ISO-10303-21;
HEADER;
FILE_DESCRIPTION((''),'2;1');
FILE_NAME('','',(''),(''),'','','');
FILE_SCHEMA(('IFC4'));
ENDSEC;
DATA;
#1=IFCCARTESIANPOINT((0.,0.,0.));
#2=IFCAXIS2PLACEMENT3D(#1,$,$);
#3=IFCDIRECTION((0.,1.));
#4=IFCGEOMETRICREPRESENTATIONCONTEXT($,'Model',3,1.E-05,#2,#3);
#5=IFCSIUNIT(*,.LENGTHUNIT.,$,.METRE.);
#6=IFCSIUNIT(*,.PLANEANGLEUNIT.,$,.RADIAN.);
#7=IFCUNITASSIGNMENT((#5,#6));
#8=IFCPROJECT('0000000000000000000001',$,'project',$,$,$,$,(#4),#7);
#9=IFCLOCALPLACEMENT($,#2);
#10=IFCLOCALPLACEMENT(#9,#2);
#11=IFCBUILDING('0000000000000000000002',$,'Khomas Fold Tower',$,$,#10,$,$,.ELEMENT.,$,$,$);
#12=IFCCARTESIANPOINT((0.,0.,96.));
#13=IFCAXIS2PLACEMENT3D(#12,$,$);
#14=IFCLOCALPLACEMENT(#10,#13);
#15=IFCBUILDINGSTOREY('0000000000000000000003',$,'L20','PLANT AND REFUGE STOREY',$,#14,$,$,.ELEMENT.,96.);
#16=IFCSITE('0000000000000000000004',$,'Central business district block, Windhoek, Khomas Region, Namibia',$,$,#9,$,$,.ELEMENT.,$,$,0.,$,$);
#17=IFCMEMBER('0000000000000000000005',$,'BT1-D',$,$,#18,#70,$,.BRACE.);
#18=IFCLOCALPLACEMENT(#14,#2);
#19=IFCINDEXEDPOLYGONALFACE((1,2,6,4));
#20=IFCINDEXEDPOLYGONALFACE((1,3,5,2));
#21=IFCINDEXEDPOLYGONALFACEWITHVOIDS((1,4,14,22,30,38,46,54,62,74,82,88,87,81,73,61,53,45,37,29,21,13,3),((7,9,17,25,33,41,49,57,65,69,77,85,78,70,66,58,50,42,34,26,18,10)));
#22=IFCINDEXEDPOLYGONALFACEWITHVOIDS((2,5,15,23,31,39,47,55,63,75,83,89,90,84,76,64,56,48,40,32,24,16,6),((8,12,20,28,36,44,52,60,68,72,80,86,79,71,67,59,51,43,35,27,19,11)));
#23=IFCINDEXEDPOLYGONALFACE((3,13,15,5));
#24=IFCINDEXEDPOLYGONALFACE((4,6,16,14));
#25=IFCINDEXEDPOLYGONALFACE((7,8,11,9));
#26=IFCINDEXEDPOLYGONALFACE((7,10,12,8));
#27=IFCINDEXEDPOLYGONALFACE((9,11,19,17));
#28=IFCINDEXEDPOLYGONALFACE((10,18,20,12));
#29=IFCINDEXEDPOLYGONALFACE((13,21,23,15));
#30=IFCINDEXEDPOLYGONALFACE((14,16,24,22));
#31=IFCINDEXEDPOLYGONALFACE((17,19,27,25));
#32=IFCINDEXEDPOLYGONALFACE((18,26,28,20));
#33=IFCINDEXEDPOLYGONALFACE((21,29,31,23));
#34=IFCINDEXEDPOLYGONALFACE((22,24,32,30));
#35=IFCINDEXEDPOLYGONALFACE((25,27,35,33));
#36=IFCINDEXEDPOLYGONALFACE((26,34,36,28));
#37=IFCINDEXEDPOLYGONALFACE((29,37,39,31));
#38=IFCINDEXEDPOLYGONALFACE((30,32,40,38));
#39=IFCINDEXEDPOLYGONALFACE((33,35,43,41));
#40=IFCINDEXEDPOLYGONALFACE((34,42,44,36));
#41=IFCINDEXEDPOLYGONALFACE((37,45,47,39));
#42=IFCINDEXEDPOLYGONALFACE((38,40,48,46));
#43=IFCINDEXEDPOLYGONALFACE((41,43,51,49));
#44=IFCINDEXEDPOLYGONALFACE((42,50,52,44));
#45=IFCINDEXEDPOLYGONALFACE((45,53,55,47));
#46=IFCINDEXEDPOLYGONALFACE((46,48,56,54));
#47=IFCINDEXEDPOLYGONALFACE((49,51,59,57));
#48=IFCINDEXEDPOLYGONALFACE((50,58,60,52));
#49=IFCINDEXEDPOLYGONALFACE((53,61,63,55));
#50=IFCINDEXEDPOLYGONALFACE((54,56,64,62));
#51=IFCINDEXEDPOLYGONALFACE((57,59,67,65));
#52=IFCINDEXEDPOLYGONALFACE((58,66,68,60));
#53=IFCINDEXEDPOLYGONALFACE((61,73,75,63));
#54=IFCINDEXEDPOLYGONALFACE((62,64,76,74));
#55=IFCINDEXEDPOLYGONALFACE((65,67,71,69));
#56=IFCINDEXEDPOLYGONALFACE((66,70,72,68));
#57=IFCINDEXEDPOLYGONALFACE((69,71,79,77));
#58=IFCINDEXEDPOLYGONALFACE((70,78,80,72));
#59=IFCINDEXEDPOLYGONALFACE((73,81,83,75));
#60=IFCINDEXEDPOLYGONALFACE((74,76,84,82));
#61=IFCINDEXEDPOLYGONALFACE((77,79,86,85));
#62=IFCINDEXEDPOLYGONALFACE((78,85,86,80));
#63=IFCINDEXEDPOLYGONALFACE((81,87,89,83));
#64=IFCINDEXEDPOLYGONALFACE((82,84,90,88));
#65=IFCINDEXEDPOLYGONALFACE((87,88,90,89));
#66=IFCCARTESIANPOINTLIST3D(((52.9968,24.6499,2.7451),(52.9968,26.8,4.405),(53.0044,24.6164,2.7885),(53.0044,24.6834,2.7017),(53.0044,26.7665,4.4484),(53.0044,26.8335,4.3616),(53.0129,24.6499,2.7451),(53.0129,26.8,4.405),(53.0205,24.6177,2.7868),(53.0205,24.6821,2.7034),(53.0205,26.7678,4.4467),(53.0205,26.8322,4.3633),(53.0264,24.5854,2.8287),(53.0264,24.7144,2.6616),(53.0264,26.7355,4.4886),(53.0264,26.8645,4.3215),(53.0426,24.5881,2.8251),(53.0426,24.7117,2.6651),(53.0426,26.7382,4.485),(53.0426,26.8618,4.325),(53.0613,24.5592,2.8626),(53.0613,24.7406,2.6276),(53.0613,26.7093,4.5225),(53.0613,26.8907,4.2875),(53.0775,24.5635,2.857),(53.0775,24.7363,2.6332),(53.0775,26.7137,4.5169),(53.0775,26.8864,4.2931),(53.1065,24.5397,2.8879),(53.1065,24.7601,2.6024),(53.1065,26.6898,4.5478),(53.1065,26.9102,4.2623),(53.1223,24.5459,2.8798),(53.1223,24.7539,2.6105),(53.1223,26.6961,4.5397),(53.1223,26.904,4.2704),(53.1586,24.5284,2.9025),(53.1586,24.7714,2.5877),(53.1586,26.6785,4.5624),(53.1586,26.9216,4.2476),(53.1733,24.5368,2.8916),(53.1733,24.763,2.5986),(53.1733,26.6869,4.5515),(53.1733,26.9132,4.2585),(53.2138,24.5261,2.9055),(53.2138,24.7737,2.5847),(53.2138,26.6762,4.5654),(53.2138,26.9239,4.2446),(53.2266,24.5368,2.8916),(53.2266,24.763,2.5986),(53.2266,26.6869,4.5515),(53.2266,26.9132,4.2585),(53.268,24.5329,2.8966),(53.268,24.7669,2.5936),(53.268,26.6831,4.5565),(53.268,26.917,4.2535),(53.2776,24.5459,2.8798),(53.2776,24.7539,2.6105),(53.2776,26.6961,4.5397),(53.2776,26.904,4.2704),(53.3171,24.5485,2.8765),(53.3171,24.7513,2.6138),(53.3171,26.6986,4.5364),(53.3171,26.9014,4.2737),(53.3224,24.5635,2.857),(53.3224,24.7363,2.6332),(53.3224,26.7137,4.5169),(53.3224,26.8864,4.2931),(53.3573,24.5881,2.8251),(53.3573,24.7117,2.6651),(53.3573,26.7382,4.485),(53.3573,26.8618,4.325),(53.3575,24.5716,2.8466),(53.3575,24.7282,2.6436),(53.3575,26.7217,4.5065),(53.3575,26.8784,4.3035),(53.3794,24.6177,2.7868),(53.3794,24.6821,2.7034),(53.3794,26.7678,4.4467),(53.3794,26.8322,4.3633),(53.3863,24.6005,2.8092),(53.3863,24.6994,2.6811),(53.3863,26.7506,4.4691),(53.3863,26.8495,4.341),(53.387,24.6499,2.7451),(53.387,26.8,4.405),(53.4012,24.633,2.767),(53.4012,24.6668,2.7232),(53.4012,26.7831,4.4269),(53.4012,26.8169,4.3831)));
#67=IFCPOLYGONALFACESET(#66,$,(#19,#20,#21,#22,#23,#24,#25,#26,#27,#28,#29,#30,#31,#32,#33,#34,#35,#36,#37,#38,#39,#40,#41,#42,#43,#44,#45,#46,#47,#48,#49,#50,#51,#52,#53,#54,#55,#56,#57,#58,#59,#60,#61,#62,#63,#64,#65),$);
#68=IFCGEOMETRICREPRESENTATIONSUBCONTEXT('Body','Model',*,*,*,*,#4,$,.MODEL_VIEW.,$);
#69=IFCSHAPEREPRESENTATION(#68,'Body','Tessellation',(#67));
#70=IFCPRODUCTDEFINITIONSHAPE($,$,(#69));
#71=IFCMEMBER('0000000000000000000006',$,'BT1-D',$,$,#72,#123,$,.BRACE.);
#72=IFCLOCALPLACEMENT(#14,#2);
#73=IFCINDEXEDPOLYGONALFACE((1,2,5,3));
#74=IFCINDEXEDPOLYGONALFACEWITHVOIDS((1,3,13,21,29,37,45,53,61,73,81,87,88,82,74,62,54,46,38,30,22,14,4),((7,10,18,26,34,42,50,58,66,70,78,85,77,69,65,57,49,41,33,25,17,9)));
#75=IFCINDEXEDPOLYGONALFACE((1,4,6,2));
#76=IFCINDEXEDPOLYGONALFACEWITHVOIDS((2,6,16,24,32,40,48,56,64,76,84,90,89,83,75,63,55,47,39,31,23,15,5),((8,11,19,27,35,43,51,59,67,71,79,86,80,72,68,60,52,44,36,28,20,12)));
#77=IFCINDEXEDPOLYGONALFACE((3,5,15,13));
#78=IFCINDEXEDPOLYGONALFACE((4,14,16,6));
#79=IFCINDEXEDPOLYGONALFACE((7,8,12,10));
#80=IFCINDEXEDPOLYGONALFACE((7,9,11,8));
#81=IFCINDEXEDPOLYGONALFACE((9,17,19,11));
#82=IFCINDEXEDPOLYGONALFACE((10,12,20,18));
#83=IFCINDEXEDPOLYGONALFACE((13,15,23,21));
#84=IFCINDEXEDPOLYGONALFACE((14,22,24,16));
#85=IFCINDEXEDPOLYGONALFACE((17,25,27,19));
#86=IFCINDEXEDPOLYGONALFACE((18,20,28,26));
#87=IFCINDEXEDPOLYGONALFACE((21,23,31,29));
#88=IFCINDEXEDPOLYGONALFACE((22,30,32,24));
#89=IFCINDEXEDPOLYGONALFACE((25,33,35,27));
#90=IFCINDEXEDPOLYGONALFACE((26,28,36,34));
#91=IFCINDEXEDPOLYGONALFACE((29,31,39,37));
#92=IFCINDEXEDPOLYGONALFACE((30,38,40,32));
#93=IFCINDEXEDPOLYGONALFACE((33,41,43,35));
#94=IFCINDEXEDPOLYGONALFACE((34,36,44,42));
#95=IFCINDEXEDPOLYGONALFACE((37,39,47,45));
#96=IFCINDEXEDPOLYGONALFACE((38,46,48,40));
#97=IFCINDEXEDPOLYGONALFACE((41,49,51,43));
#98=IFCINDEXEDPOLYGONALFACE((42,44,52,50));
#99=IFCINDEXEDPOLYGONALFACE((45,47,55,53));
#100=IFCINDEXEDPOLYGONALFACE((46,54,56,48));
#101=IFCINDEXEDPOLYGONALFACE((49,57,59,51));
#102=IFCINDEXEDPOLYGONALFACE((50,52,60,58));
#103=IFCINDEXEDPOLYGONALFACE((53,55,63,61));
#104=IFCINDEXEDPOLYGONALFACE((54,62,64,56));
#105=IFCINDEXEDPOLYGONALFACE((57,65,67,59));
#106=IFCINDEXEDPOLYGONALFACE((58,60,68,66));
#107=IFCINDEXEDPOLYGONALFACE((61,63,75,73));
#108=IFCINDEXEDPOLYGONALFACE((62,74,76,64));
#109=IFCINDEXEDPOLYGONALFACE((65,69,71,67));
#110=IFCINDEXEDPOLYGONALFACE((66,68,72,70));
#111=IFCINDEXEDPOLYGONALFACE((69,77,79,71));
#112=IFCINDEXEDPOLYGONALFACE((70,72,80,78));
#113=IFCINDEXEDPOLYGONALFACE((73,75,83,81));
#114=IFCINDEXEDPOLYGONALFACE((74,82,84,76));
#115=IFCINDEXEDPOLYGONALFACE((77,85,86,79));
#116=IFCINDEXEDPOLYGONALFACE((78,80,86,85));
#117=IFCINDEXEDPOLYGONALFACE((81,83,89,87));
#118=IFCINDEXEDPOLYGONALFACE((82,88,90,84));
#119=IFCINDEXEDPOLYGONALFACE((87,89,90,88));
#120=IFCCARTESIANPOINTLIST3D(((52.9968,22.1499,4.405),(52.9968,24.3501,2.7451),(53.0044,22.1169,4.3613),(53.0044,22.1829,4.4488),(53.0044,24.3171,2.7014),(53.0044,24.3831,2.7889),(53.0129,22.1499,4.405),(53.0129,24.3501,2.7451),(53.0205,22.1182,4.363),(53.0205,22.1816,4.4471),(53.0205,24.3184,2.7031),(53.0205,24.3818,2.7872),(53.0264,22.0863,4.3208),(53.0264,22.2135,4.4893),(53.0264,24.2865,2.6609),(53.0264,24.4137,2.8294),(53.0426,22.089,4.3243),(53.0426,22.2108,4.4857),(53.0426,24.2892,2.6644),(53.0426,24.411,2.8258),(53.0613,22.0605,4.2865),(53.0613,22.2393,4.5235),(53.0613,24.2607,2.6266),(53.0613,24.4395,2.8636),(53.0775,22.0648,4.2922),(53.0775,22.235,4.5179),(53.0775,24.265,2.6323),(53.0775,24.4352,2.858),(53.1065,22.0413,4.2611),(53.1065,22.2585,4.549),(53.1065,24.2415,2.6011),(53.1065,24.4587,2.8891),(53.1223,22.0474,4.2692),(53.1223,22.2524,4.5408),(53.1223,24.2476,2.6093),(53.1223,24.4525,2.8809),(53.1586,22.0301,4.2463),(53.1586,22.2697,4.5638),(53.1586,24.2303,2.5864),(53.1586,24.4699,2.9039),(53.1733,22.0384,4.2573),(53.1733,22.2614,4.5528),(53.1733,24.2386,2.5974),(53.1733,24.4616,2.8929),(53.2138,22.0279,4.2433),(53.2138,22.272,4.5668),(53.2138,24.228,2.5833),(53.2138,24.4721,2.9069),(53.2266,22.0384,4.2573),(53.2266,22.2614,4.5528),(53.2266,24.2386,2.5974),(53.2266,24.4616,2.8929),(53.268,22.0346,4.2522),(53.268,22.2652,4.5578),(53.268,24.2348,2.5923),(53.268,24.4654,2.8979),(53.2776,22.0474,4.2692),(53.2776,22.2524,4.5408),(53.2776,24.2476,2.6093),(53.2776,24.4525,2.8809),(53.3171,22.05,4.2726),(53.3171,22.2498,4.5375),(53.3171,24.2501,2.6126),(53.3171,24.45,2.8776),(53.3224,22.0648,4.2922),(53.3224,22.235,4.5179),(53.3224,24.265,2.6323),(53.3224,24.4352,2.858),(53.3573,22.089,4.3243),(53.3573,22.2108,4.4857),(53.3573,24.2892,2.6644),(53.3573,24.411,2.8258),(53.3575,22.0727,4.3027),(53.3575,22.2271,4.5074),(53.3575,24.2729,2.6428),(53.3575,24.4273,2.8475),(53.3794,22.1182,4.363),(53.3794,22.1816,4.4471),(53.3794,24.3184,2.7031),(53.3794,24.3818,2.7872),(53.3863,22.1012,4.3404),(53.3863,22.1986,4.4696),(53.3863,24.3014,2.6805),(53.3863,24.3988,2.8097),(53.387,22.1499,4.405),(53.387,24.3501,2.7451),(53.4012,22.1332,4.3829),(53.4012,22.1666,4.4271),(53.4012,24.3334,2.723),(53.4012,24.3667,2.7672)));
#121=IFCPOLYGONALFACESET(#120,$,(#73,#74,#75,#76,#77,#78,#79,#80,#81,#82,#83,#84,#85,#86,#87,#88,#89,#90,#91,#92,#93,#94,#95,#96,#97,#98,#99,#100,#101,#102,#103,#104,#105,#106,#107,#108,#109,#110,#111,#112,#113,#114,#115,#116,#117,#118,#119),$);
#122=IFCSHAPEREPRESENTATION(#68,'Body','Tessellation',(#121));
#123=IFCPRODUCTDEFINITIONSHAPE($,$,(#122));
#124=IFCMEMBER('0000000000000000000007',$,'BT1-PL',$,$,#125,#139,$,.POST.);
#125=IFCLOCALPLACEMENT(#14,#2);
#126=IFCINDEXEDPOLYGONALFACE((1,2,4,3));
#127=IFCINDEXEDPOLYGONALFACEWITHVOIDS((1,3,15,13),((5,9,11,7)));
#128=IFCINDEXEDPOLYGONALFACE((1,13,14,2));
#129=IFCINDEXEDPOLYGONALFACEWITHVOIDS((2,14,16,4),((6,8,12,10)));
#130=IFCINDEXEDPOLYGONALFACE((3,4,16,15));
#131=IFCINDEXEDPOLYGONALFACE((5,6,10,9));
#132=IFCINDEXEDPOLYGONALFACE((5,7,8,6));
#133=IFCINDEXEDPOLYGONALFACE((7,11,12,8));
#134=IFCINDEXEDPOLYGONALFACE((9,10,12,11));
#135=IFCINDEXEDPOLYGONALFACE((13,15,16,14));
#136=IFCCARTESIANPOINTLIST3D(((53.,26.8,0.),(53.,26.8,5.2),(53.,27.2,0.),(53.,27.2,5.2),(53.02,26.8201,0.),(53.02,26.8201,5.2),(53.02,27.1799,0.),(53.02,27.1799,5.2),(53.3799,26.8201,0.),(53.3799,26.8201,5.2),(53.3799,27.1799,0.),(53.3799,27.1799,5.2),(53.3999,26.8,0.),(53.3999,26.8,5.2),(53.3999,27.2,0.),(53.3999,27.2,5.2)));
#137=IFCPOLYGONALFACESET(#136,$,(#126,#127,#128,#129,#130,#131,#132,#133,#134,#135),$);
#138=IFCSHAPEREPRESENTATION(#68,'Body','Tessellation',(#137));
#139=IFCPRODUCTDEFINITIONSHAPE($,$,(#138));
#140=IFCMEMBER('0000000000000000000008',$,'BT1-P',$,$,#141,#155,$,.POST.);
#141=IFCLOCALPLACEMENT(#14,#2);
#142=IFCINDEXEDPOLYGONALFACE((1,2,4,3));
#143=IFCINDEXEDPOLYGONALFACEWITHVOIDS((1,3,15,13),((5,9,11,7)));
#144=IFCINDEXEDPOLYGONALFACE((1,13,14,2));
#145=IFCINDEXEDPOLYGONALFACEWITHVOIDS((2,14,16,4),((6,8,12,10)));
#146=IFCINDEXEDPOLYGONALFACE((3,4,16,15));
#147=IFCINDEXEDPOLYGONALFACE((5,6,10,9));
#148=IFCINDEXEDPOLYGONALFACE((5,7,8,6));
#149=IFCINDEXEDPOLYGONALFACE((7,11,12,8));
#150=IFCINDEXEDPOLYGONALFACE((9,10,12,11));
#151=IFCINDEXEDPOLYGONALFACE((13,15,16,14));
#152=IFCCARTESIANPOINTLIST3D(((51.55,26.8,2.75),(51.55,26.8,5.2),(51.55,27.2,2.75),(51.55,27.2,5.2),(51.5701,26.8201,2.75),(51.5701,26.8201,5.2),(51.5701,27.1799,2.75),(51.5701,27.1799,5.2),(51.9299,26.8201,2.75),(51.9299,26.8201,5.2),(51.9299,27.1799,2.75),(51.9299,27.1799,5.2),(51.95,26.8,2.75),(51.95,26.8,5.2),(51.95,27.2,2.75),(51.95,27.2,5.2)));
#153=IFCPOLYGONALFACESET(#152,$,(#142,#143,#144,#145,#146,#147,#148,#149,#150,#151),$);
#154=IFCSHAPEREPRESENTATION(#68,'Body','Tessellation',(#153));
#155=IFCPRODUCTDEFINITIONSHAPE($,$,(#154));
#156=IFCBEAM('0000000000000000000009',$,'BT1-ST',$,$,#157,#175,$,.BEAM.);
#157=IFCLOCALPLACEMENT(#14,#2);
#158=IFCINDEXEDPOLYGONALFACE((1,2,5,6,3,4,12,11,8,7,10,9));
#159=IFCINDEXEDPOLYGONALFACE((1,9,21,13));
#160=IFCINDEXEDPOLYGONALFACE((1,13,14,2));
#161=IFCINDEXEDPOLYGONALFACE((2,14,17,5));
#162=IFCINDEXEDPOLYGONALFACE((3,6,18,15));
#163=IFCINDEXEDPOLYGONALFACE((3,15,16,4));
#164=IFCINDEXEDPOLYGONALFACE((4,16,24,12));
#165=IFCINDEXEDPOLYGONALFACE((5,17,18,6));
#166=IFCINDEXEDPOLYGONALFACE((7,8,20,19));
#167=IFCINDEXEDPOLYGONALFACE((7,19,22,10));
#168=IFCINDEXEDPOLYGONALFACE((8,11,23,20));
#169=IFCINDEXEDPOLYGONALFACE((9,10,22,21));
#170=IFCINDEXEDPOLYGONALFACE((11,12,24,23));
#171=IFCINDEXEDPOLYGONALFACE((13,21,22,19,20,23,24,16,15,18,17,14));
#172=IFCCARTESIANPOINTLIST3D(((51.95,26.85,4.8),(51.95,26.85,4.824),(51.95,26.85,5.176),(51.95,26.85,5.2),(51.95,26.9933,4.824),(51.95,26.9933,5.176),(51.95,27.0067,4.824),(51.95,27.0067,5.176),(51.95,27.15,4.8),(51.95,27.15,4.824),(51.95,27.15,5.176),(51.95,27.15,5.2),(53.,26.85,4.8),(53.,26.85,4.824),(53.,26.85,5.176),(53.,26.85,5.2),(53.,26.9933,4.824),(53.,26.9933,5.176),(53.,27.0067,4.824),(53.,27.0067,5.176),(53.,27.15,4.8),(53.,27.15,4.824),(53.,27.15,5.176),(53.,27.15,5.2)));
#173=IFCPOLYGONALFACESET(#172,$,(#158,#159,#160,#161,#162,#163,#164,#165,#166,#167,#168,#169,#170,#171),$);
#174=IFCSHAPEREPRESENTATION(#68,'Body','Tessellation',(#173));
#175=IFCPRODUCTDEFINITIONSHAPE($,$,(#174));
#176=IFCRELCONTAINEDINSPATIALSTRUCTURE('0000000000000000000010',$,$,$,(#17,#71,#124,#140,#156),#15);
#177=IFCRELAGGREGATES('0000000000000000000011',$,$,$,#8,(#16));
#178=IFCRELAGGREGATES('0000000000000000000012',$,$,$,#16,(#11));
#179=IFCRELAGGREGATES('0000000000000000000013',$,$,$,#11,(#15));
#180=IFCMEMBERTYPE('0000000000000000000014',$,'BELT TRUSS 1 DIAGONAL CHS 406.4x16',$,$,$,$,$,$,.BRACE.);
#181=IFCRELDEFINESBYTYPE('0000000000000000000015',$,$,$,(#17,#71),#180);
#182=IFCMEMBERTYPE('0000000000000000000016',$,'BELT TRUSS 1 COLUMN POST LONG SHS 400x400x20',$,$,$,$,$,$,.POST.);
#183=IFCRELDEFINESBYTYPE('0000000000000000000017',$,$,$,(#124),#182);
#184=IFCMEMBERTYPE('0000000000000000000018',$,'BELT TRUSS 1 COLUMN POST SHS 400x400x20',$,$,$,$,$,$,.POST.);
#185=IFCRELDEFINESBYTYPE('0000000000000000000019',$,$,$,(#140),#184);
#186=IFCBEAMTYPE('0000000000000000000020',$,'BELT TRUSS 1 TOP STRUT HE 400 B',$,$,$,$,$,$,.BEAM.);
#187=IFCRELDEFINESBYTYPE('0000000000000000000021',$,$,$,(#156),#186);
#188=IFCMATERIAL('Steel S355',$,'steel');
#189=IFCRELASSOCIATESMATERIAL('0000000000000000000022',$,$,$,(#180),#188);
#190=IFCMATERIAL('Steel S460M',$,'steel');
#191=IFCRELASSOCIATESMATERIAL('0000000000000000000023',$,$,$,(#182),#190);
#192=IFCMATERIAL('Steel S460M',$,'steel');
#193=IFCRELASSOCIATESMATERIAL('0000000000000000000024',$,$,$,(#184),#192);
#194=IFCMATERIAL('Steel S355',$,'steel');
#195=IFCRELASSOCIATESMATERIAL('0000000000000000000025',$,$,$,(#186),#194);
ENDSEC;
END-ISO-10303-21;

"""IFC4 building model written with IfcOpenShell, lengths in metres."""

from ifc_helpers import new_model, si_unit, direction, frame, origin, origin_2d, place, context, subcontext, project, spatial, hollow_rectangle, hollow_circle, i_section, extrude, source, transform, mapped, material, material_profile, profile_set, type_object, element, save


model = new_model("IFC4")

# Units and contexts
model_context = context("Model", 3, precision=1e-05, world=origin(), true_north=direction((0.0, 1.0)))
body_context = subcontext(model_context, "Body", "Model", "MODEL_VIEW")
ifc_project = project(units=[si_unit("LENGTHUNIT", "METRE"), si_unit("PLANEANGLEUNIT", "RADIAN")], contexts=[model_context])

# Site, building, storey
site_placement = place(None, origin())
site = spatial("IfcSite", under=ifc_project, at=site_placement, Name="Central business district block, Windhoek, Khomas Region, Namibia", CompositionType="ELEMENT", RefElevation=0.0)
building_placement = place(site_placement, origin())
building = spatial("IfcBuilding", under=site, at=building_placement, Name="Khomas Fold Tower", CompositionType="ELEMENT")
storey_placement = place(building_placement, frame((0.0, 0.0, 96.0)))
storey = spatial("IfcBuildingStorey", under=building, at=storey_placement, Name="L20", Description="PLANT AND REFUGE STOREY", CompositionType="ELEMENT", Elevation=96.0)

# Members
ifc_material_1 = material(Name="Steel S355", Category="steel")
ifc_material_profile_1 = material_profile(ifc_material_1, hollow_circle(Radius=0.2031, WallThickness=0.0161, at=origin_2d()), Name="CHS 406.4x16")
ifc_profile_set_1 = profile_set([ifc_material_profile_1], Name="Steel S355")
member_type_1 = type_object("IfcMemberType", Name="BELT TRUSS 1 DIAGONAL CHS 406.4x16", PredefinedType="BRACE", material=ifc_profile_set_1)
shared_shape_1 = source(origin(), body_context, "Body", "SweptSolid", [
    extrude(hollow_circle(Radius=0.2031, WallThickness=0.0161, at=origin_2d()), origin(), (0.0, 0.0, 1.0), 2.7163),
])
for number, where, z_axis, x_axis, name in (
    (1, (53.2, 24.6499, 2.7451), (0.0, 0.791564, 0.611087), (-1.0, 0.0, 0.0), "BT1-D"),
):
    element("IfcMember", number, at=place(storey_placement, frame(where, z_axis=z_axis, x_axis=x_axis)), inside=storey, type_object=member_type_1, Name=name, PredefinedType="BRACE", context=body_context, shape_type="MappedRepresentation", body=[
        mapped(shared_shape_1, transform((0.0, 0.0, 0.0))),
    ])
shared_shape_2 = source(origin(), body_context, "Body", "SweptSolid", [
    extrude(hollow_circle(Radius=0.2031, WallThickness=0.0161, at=origin_2d()), origin(), (0.0, 0.0, 1.0), 2.7561),
])
member_1_placement = place(storey_placement, frame((53.2, 22.1499, 4.405), z_axis=(0.0, 0.798296, -0.602265), x_axis=(-1.0, 0.0, 0.0)))
element("IfcMember", 2, at=member_1_placement, inside=storey, type_object=member_type_1, Name="BT1-D", PredefinedType="BRACE", context=body_context, shape_type="MappedRepresentation", body=[
    mapped(shared_shape_2, transform((0.0, 0.0, 0.0))),
])
ifc_material_2 = material(Name="Steel S460M", Category="steel")
ifc_material_profile_2 = material_profile(ifc_material_2, hollow_rectangle(XDim=0.3999, YDim=0.3999, WallThickness=0.02, at=origin_2d()), Name="SHS 400x400x20")
ifc_profile_set_2 = profile_set([ifc_material_profile_2], Name="Steel S460M")
member_type_2 = type_object("IfcMemberType", Name="BELT TRUSS 1 COLUMN POST LONG SHS 400x400x20", PredefinedType="POST", material=ifc_profile_set_2)
shared_shape_3 = source(origin(), body_context, "Body", "SweptSolid", [
    extrude(hollow_rectangle(XDim=0.3999, YDim=0.3999, WallThickness=0.02, at=origin_2d()), origin(), (0.0, 0.0, 1.0), 5.2),
])
member_2_placement = place(storey_placement, frame((53.2, 27.0, 0.0), z_axis=(0.0, 0.0, 1.0), x_axis=(1.0, 0.0, 0.0)))
element("IfcMember", 3, at=member_2_placement, inside=storey, type_object=member_type_2, Name="BT1-PL", PredefinedType="POST", context=body_context, shape_type="MappedRepresentation", body=[
    mapped(shared_shape_3, transform((0.0, 0.0, 0.0))),
])
ifc_material_3 = material(Name="Steel S460M", Category="steel")
ifc_material_profile_3 = material_profile(ifc_material_3, hollow_rectangle(XDim=0.3999, YDim=0.3999, WallThickness=0.02, at=origin_2d()), Name="SHS 400x400x20")
ifc_profile_set_3 = profile_set([ifc_material_profile_3], Name="Steel S460M")
member_type_3 = type_object("IfcMemberType", Name="BELT TRUSS 1 COLUMN POST SHS 400x400x20", PredefinedType="POST", material=ifc_profile_set_3)
shared_shape_4 = source(origin(), body_context, "Body", "SweptSolid", [
    extrude(hollow_rectangle(XDim=0.3999, YDim=0.3999, WallThickness=0.02, at=origin_2d()), origin(), (0.0, 0.0, 1.0), 2.45),
])
member_3_placement = place(storey_placement, frame((51.75, 27.0, 2.75), z_axis=(0.0, 0.0, 1.0), x_axis=(1.0, 0.0, 0.0)))
element("IfcMember", 4, at=member_3_placement, inside=storey, type_object=member_type_3, Name="BT1-P", PredefinedType="POST", context=body_context, shape_type="MappedRepresentation", body=[
    mapped(shared_shape_4, transform((0.0, 0.0, 0.0))),
])

# Beam
ifc_material_4 = material(Name="Steel S355", Category="steel")
ifc_material_profile_4 = material_profile(ifc_material_4, i_section(OverallWidth=0.3, OverallDepth=0.3999, WebThickness=0.0134, FlangeThickness=0.0239, at=origin_2d()), Name="HE 400 B")
ifc_profile_set_4 = profile_set([ifc_material_profile_4], Name="Steel S355")
beam_type_1 = type_object("IfcBeamType", Name="BELT TRUSS 1 TOP STRUT HE 400 B", PredefinedType="BEAM", material=ifc_profile_set_4)
shared_shape_5 = source(origin(), body_context, "Body", "SweptSolid", [
    extrude(i_section(OverallWidth=0.3, OverallDepth=0.3999, WebThickness=0.0134, FlangeThickness=0.0239, at=origin_2d()), origin(), (0.0, 0.0, 1.0), 1.05),
])
beam_1_placement = place(storey_placement, frame((51.95, 27.0, 5.0), z_axis=(1.0, 0.0, 0.0), x_axis=(0.0, 1.0, 0.0)))
element("IfcBeam", 5, at=beam_1_placement, inside=storey, type_object=beam_type_1, Name="BT1-ST", PredefinedType="BEAM", context=body_context, shape_type="MappedRepresentation", body=[
    mapped(shared_shape_5, transform((0.0, 0.0, 0.0))),
])

save(model, "model.ifc")
